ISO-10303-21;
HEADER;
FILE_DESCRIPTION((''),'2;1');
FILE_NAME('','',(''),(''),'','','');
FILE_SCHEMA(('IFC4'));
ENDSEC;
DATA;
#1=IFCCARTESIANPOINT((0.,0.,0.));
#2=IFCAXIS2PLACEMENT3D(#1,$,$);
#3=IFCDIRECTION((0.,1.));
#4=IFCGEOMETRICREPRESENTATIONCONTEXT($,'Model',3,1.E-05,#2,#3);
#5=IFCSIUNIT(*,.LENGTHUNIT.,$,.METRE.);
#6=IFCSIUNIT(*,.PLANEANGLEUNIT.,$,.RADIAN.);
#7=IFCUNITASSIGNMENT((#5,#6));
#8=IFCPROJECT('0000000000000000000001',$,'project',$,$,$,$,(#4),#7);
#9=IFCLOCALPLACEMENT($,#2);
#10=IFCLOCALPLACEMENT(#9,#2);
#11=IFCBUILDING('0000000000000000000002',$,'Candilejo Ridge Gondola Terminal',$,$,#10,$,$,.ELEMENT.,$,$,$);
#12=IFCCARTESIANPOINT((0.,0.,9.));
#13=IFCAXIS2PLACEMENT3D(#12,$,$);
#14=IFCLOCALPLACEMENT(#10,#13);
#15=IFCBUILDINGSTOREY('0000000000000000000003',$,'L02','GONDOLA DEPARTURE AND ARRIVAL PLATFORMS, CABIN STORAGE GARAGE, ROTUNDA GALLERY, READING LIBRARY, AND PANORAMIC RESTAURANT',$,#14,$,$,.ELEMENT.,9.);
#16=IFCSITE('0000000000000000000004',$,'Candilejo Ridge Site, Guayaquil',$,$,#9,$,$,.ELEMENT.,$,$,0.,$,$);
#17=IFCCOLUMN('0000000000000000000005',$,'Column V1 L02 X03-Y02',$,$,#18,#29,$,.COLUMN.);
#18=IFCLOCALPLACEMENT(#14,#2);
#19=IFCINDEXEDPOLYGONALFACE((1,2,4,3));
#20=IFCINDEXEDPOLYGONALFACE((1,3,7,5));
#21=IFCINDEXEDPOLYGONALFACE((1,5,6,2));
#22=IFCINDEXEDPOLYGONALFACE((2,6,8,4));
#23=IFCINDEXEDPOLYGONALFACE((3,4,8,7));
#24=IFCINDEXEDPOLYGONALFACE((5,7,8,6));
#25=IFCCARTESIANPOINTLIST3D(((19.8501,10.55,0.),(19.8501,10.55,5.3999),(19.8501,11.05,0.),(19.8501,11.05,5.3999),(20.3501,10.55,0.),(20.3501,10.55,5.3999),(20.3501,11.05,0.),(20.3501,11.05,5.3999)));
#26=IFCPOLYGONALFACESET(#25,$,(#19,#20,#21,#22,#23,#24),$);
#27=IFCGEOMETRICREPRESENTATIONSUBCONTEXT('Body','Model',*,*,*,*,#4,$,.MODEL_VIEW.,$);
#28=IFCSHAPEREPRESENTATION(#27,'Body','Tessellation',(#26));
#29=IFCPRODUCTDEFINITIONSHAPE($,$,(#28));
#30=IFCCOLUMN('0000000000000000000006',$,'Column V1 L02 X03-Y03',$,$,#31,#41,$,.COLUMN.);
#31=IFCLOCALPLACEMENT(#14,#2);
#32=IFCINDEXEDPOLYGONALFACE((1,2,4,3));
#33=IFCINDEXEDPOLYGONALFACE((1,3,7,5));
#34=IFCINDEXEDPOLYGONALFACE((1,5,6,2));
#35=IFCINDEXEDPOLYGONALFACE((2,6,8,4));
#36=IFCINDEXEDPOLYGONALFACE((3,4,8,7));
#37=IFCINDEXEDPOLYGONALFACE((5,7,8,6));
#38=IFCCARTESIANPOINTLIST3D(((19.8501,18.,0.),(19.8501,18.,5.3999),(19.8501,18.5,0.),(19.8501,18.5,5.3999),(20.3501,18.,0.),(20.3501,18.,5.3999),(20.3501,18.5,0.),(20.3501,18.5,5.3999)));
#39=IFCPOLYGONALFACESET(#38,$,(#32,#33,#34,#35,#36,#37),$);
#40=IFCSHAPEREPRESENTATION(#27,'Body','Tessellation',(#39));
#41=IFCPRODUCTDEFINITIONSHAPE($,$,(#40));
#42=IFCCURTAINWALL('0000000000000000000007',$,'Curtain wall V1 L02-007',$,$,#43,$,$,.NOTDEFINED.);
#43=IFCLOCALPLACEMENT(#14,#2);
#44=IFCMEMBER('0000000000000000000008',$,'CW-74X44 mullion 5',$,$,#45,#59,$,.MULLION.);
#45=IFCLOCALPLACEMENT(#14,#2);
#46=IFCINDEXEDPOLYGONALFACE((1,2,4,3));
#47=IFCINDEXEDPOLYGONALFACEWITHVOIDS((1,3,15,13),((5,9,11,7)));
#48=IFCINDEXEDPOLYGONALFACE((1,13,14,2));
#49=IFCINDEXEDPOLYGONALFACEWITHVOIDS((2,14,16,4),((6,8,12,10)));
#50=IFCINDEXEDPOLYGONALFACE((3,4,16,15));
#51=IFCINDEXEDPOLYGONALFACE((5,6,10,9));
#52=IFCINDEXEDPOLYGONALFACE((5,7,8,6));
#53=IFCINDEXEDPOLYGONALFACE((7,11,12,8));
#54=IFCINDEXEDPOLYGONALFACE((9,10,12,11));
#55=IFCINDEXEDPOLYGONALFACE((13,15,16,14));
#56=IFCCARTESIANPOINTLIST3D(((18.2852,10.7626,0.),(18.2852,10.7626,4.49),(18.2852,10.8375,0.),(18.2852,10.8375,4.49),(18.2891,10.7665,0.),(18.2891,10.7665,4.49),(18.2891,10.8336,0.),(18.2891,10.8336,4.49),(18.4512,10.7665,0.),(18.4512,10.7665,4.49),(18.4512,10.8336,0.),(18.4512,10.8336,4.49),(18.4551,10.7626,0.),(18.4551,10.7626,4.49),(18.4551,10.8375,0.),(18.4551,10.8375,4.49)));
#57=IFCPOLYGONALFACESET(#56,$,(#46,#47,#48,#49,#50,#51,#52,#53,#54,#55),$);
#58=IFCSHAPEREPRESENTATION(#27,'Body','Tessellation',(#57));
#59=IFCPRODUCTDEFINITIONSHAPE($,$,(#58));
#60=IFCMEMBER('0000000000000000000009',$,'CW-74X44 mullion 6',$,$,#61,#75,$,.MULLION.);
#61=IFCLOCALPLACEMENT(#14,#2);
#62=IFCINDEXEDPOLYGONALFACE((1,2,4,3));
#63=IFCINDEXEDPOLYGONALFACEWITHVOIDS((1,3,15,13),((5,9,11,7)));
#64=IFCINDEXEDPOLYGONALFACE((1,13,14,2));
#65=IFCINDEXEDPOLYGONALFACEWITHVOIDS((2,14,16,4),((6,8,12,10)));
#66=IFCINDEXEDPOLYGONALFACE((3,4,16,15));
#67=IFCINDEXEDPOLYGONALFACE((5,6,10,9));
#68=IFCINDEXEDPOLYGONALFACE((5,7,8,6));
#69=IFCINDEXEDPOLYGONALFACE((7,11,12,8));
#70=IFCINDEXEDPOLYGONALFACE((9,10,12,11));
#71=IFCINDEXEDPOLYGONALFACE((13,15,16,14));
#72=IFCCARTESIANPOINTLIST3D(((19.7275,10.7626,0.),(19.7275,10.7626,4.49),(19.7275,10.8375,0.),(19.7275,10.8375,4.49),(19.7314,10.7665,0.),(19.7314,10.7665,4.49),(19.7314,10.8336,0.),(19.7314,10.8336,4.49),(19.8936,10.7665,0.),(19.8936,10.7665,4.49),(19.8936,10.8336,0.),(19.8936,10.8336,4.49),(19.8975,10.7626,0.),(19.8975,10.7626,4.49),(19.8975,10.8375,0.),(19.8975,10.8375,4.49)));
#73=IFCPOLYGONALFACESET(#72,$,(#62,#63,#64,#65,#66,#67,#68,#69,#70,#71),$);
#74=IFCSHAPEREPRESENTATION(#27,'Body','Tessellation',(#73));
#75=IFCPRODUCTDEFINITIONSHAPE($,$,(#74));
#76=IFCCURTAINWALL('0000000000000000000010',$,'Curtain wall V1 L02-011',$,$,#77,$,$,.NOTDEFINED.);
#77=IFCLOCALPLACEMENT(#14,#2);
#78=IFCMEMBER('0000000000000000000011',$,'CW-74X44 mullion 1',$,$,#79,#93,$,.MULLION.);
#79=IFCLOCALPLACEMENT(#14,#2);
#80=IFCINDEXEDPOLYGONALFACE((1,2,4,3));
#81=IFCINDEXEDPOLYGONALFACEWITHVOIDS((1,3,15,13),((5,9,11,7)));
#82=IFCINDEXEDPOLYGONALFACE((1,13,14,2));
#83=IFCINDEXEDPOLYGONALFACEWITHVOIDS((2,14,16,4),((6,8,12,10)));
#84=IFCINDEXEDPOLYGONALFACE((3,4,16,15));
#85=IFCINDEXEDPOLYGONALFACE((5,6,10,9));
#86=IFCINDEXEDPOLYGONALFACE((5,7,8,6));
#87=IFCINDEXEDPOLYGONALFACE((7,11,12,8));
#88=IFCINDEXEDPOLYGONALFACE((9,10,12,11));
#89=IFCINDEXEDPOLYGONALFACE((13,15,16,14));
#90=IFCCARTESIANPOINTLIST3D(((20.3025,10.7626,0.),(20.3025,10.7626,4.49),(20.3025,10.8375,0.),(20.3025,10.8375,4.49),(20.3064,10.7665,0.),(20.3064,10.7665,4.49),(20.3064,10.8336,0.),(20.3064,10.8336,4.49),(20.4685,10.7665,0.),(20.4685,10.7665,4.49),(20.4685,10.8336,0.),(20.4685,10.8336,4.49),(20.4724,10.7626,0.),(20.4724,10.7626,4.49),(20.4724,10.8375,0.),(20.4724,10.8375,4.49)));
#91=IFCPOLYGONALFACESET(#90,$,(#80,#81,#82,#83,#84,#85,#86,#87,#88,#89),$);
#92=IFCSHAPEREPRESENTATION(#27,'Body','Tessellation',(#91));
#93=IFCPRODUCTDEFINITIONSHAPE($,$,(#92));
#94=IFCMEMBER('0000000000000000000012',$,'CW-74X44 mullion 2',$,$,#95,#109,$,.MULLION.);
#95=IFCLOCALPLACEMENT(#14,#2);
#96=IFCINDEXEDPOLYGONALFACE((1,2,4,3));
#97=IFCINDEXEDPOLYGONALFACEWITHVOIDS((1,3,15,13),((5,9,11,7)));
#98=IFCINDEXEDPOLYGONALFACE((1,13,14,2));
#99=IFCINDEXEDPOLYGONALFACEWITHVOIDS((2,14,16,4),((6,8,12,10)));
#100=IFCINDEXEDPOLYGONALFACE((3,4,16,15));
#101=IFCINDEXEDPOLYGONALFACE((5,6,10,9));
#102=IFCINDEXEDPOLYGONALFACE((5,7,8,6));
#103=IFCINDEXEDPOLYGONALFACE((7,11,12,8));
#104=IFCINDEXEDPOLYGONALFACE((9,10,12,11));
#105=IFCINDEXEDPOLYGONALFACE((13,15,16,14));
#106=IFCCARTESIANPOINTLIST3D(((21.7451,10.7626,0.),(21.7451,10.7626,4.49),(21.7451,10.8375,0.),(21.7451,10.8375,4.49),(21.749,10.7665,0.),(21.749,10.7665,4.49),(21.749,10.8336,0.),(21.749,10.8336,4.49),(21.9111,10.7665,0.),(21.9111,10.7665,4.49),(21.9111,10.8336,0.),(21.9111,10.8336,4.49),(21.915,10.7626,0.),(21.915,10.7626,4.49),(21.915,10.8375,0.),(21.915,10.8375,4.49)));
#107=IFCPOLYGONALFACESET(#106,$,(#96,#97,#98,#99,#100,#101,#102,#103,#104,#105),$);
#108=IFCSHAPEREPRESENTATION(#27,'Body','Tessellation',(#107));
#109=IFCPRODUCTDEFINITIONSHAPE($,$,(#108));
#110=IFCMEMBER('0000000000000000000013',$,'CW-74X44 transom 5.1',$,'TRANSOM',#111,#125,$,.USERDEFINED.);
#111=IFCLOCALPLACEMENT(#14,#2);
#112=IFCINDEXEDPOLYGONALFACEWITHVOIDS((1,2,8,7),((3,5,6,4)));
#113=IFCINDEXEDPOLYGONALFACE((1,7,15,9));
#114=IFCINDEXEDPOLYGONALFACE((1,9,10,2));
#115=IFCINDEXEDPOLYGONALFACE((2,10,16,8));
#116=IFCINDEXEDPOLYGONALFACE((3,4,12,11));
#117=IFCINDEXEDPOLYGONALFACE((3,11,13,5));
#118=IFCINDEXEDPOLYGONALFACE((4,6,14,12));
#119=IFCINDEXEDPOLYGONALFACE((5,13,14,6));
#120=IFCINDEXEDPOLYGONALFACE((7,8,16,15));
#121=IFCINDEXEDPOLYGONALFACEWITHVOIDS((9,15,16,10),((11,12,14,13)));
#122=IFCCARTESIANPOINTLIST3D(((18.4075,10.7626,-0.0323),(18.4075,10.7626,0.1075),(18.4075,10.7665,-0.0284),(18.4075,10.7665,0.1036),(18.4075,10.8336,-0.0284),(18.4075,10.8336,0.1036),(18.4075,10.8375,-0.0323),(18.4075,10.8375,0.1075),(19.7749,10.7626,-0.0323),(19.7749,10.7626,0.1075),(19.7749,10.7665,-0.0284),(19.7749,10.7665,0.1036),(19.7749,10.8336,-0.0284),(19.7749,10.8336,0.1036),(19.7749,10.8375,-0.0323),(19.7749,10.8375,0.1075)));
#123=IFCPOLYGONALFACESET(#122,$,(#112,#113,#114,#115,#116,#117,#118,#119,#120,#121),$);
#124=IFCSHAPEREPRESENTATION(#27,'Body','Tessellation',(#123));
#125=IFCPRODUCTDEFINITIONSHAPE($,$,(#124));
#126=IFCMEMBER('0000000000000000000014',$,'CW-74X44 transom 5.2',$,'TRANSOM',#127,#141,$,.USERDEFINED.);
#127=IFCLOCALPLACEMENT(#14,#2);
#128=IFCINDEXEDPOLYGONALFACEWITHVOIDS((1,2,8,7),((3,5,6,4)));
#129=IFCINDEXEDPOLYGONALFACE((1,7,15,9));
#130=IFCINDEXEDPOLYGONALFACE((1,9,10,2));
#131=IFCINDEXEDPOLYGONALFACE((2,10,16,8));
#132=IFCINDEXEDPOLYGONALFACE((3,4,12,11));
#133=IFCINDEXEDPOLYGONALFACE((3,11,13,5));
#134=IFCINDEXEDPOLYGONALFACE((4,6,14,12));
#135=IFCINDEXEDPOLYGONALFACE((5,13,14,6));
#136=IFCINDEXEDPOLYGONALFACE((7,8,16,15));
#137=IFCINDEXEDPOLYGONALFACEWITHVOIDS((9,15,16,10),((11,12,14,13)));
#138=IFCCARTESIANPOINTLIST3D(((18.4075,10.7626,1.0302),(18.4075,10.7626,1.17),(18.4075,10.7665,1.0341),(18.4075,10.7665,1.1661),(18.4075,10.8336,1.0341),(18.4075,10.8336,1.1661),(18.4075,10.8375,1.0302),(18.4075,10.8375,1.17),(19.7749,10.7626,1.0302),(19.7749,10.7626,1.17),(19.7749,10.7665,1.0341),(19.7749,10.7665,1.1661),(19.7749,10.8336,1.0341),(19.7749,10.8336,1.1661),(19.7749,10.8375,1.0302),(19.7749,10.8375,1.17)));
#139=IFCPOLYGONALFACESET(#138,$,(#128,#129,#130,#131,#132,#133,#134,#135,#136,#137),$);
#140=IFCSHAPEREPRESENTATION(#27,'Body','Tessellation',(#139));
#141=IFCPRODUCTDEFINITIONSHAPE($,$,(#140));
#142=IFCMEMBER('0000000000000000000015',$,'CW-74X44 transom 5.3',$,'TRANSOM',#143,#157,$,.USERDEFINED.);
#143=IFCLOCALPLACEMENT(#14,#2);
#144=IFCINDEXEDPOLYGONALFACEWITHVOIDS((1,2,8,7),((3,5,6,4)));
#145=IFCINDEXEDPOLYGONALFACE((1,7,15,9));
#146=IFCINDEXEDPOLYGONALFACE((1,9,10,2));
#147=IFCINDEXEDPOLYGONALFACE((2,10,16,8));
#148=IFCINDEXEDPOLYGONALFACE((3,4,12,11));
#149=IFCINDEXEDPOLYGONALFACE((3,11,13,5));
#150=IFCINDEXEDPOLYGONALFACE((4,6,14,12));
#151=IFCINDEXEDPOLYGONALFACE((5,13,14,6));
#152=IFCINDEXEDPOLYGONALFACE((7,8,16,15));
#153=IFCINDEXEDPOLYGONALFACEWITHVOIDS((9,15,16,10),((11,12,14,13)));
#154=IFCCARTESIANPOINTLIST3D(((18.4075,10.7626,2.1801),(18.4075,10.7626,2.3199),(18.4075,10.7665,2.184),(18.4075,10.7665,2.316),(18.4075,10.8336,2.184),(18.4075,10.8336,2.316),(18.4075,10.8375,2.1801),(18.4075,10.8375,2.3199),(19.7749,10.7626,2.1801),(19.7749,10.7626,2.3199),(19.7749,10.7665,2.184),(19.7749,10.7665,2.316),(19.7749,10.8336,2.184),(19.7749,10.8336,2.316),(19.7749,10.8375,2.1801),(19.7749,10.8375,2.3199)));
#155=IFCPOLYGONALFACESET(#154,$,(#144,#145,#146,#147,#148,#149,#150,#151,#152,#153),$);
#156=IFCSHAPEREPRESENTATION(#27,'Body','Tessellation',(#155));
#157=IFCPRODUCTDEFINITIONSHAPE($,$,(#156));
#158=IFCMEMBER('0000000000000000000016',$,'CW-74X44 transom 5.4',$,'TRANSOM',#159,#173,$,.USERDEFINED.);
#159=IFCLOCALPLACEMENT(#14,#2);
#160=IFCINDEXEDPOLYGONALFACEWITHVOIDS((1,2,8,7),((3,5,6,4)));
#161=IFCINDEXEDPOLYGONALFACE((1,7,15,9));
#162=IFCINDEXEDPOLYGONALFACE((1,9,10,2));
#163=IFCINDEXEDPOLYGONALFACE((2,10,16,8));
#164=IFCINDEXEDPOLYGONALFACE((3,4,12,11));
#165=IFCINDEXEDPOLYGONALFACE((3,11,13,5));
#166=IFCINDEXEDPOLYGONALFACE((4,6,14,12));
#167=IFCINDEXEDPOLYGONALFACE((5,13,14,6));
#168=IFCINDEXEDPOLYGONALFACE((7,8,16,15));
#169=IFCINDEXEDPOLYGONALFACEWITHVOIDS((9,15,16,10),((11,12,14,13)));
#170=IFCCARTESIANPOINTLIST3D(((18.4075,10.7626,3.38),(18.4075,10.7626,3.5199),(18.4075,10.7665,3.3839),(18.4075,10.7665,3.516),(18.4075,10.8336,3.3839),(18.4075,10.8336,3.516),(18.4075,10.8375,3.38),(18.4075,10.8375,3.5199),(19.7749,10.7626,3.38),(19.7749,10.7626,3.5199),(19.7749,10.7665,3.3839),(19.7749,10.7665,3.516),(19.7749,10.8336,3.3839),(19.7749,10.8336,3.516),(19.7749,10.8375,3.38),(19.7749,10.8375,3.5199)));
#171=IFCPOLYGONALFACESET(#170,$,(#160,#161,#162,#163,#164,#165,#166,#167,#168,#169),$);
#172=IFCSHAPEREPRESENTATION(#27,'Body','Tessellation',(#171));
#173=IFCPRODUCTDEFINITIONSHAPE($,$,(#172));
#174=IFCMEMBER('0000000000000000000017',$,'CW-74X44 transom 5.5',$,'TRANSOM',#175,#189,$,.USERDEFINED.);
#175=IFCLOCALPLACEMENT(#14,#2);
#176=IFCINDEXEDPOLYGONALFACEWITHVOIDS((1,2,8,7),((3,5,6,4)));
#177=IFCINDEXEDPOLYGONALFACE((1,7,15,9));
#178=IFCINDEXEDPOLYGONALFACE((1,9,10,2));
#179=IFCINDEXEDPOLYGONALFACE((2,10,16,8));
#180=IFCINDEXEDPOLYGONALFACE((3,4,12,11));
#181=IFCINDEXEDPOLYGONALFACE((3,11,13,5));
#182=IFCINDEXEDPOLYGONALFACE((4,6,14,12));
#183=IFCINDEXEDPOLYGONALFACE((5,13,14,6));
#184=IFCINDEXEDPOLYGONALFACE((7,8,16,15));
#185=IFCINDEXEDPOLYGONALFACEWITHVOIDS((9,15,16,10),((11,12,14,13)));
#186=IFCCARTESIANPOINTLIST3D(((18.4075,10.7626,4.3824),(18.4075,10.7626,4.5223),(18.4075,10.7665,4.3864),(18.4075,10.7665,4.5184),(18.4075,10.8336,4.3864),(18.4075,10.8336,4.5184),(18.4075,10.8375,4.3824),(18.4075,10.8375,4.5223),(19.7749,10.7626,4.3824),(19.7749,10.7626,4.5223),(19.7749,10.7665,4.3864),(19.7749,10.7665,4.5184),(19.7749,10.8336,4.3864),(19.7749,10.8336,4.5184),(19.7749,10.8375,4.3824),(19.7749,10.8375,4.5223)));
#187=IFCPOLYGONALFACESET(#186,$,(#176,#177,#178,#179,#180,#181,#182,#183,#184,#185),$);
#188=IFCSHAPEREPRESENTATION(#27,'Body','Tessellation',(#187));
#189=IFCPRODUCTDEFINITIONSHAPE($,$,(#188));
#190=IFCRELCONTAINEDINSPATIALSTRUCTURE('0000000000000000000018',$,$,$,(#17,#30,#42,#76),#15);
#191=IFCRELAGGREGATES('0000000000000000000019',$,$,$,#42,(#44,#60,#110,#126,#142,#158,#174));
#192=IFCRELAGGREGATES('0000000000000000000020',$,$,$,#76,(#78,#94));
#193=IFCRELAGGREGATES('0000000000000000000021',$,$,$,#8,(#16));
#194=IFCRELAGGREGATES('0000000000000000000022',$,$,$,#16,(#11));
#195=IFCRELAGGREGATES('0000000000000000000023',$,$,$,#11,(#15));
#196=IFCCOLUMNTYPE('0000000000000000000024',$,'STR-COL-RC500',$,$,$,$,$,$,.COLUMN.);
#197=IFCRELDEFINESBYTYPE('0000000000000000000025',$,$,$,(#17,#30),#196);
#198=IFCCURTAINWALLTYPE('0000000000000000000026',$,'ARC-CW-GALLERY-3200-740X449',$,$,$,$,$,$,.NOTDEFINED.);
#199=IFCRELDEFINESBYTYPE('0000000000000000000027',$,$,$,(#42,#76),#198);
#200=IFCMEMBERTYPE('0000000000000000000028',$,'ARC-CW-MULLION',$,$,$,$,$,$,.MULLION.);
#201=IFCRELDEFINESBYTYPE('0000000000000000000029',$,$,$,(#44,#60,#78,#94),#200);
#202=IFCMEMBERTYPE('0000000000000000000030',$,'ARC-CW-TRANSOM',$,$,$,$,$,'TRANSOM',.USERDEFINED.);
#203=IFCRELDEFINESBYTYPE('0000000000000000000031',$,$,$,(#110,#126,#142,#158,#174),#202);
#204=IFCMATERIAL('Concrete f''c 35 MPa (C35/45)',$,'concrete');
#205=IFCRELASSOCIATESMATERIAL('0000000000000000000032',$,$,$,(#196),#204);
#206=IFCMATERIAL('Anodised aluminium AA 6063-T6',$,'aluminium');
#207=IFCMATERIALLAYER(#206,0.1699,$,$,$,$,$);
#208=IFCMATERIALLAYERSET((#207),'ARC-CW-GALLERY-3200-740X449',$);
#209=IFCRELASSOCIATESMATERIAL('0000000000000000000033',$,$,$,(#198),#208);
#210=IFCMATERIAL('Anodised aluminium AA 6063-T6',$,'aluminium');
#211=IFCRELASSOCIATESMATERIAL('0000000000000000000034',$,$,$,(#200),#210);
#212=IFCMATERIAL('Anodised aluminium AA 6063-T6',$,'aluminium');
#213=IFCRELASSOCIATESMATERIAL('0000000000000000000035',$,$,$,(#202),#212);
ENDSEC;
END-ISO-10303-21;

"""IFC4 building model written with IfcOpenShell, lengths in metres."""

from ifc_helpers import new_model, si_unit, direction, frame, origin, origin_2d, place, context, subcontext, project, spatial, rectangle, hollow_rectangle, extrude, material, layer, layer_set, material_profile, profile_set, type_object, element, aggregate, save


model = new_model("IFC4")

# Units and contexts
model_context = context("Model", 3, precision=1e-05, world=origin(), true_north=direction((0.0, 1.0)))
body_context = subcontext(model_context, "Body", "Model", "MODEL_VIEW")
ifc_project = project(units=[si_unit("LENGTHUNIT", "METRE"), si_unit("PLANEANGLEUNIT", "RADIAN")], contexts=[model_context])

# Site, building, storey
site_placement = place(None, origin())
site = spatial("IfcSite", under=ifc_project, at=site_placement, Name="Candilejo Ridge Site, Guayaquil", CompositionType="ELEMENT", RefElevation=0.0)
building_placement = place(site_placement, origin())
building = spatial("IfcBuilding", under=site, at=building_placement, Name="Candilejo Ridge Gondola Terminal", CompositionType="ELEMENT")
storey_placement = place(building_placement, frame((0.0, 0.0, 9.0)))
storey = spatial("IfcBuildingStorey", under=building, at=storey_placement, Name="L02", Description="GONDOLA DEPARTURE AND ARRIVAL PLATFORMS, CABIN STORAGE GARAGE, ROTUNDA GALLERY, READING LIBRARY, AND PANORAMIC RESTAURANT", CompositionType="ELEMENT", Elevation=9.0)

# Columns
ifc_material_1 = material(Name="Concrete f'c 35 MPa (C35/45)", Category="concrete")
ifc_material_profile_1 = material_profile(ifc_material_1, rectangle(XDim=0.5, YDim=0.5, at=origin_2d()))
ifc_profile_set_1 = profile_set([ifc_material_profile_1], Name="Concrete f'c 35 MPa (C35/45)")
column_type = type_object("IfcColumnType", Name="STR-COL-RC500", PredefinedType="COLUMN", material=ifc_profile_set_1)
for number, where, z_axis, x_axis, name in (
    (1, (20.1001, 10.8, 0.0), (0.0, 0.0, 1.0), (1.0, 0.0, 0.0), "Column V1 L02 X03-Y02"),
    (2, (20.1001, 18.25, 0.0), (0.0, 0.0, 1.0), (1.0, 0.0, 0.0), "Column V1 L02 X03-Y03"),
):
    element("IfcColumn", number, at=place(storey_placement, frame(where, z_axis=z_axis, x_axis=x_axis)), inside=storey, type_object=column_type, Name=name, PredefinedType="COLUMN", context=body_context, shape_type="SweptSolid", body=[
        extrude(rectangle(XDim=0.5, YDim=0.5, at=origin_2d()), origin(), (0.0, 0.0, 1.0), 5.3999),
    ])

# Curtain walls, members
ifc_material_2 = material(Name="Anodised aluminium AA 6063-T6", Category="aluminium")
ifc_layer_1 = layer(ifc_material_2, 0.1699)
ifc_layer_set_1 = layer_set([ifc_layer_1], Name="ARC-CW-GALLERY-3200-740X449")
curtain_wall_type = type_object("IfcCurtainWallType", Name="ARC-CW-GALLERY-3200-740X449", PredefinedType="NOTDEFINED", material=ifc_layer_set_1)
curtain_wall_1_placement = place(storey_placement, origin())
curtain_wall_1 = element("IfcCurtainWall", 3, at=curtain_wall_1_placement, inside=storey, type_object=curtain_wall_type, Name="Curtain wall V1 L02-007", PredefinedType="NOTDEFINED")
ifc_material_3 = material(Name="Anodised aluminium AA 6063-T6", Category="aluminium")
ifc_material_profile_2 = material_profile(ifc_material_3, hollow_rectangle(XDim=0.075, YDim=0.1699, WallThickness=0.0039, at=origin_2d()))
ifc_profile_set_2 = profile_set([ifc_material_profile_2], Name="Anodised aluminium AA 6063-T6")
member_type_1 = type_object("IfcMemberType", Name="ARC-CW-MULLION", PredefinedType="MULLION", material=ifc_profile_set_2)
member_1_placement = place(storey_placement, frame((18.3701, 10.8, 0.0), z_axis=(0.0, 0.0, 1.0), x_axis=(0.0, 1.0, 0.0)))
member_1 = element("IfcMember", 4, at=member_1_placement, type_object=member_type_1, Name="CW-74X44 mullion 5", PredefinedType="MULLION", context=body_context, shape_type="SweptSolid", body=[
    extrude(hollow_rectangle(XDim=0.075, YDim=0.1699, WallThickness=0.0039, at=origin_2d()), origin(), (0.0, 0.0, 1.0), 4.49),
])
member_2_placement = place(storey_placement, frame((19.8125, 10.8, 0.0), z_axis=(0.0, 0.0, 1.0), x_axis=(0.0, 1.0, 0.0)))
member_2 = element("IfcMember", 5, at=member_2_placement, type_object=member_type_1, Name="CW-74X44 mullion 6", PredefinedType="MULLION", context=body_context, shape_type="SweptSolid", body=[
    extrude(hollow_rectangle(XDim=0.075, YDim=0.1699, WallThickness=0.0039, at=origin_2d()), origin(), (0.0, 0.0, 1.0), 4.49),
])
curtain_wall_2_placement = place(storey_placement, origin())
curtain_wall_2 = element("IfcCurtainWall", 6, at=curtain_wall_2_placement, inside=storey, type_object=curtain_wall_type, Name="Curtain wall V1 L02-011", PredefinedType="NOTDEFINED")
member_3_placement = place(storey_placement, frame((20.3875, 10.8, 0.0), z_axis=(0.0, 0.0, 1.0), x_axis=(0.0, 1.0, 0.0)))
member_3 = element("IfcMember", 7, at=member_3_placement, type_object=member_type_1, Name="CW-74X44 mullion 1", PredefinedType="MULLION", context=body_context, shape_type="SweptSolid", body=[
    extrude(hollow_rectangle(XDim=0.075, YDim=0.1699, WallThickness=0.0039, at=origin_2d()), origin(), (0.0, 0.0, 1.0), 4.49),
])
member_4_placement = place(storey_placement, frame((21.8301, 10.8, 0.0), z_axis=(0.0, 0.0, 1.0), x_axis=(0.0, 1.0, 0.0)))
member_4 = element("IfcMember", 8, at=member_4_placement, type_object=member_type_1, Name="CW-74X44 mullion 2", PredefinedType="MULLION", context=body_context, shape_type="SweptSolid", body=[
    extrude(hollow_rectangle(XDim=0.075, YDim=0.1699, WallThickness=0.0039, at=origin_2d()), origin(), (0.0, 0.0, 1.0), 4.49),
])

# Members
ifc_material_4 = material(Name="Anodised aluminium AA 6063-T6", Category="aluminium")
ifc_material_profile_3 = material_profile(ifc_material_4, hollow_rectangle(XDim=0.075, YDim=0.1399, WallThickness=0.0039, at=origin_2d()))
ifc_profile_set_3 = profile_set([ifc_material_profile_3], Name="Anodised aluminium AA 6063-T6")
member_type_2 = type_object("IfcMemberType", Name="ARC-CW-TRANSOM", ElementType="TRANSOM", PredefinedType="USERDEFINED", material=ifc_profile_set_3)
member_5_placement = place(storey_placement, frame((18.4075, 10.8, 0.0376), z_axis=(1.0, 0.0, 0.0), x_axis=(0.0, 1.0, 0.0)))
member_5 = element("IfcMember", 9, at=member_5_placement, type_object=member_type_2, Name="CW-74X44 transom 5.1", ObjectType="TRANSOM", PredefinedType="USERDEFINED", context=body_context, shape_type="SweptSolid", body=[
    extrude(hollow_rectangle(XDim=0.075, YDim=0.1399, WallThickness=0.0039, at=origin_2d()), origin(), (0.0, 0.0, 1.0), 1.3674),
])
member_6_placement = place(storey_placement, frame((18.4075, 10.8, 1.1001), z_axis=(1.0, 0.0, 0.0), x_axis=(0.0, 1.0, 0.0)))
member_6 = element("IfcMember", 10, at=member_6_placement, type_object=member_type_2, Name="CW-74X44 transom 5.2", ObjectType="TRANSOM", PredefinedType="USERDEFINED", context=body_context, shape_type="SweptSolid", body=[
    extrude(hollow_rectangle(XDim=0.075, YDim=0.1399, WallThickness=0.0039, at=origin_2d()), origin(), (0.0, 0.0, 1.0), 1.3674),
])
member_7_placement = place(storey_placement, frame((18.4075, 10.8, 2.25), z_axis=(1.0, 0.0, 0.0), x_axis=(0.0, 1.0, 0.0)))
member_7 = element("IfcMember", 11, at=member_7_placement, type_object=member_type_2, Name="CW-74X44 transom 5.3", ObjectType="TRANSOM", PredefinedType="USERDEFINED", context=body_context, shape_type="SweptSolid", body=[
    extrude(hollow_rectangle(XDim=0.075, YDim=0.1399, WallThickness=0.0039, at=origin_2d()), origin(), (0.0, 0.0, 1.0), 1.3674),
])
member_8_placement = place(storey_placement, frame((18.4075, 10.8, 3.45), z_axis=(1.0, 0.0, 0.0), x_axis=(0.0, 1.0, 0.0)))
member_8 = element("IfcMember", 12, at=member_8_placement, type_object=member_type_2, Name="CW-74X44 transom 5.4", ObjectType="TRANSOM", PredefinedType="USERDEFINED", context=body_context, shape_type="SweptSolid", body=[
    extrude(hollow_rectangle(XDim=0.075, YDim=0.1399, WallThickness=0.0039, at=origin_2d()), origin(), (0.0, 0.0, 1.0), 1.3674),
])
member_9_placement = place(storey_placement, frame((18.4075, 10.8, 4.4524), z_axis=(1.0, 0.0, 0.0), x_axis=(0.0, 1.0, 0.0)))
member_9 = element("IfcMember", 13, at=member_9_placement, type_object=member_type_2, Name="CW-74X44 transom 5.5", ObjectType="TRANSOM", PredefinedType="USERDEFINED", context=body_context, shape_type="SweptSolid", body=[
    extrude(hollow_rectangle(XDim=0.075, YDim=0.1399, WallThickness=0.0039, at=origin_2d()), origin(), (0.0, 0.0, 1.0), 1.3674),
])

aggregate(curtain_wall_1, [member_1, member_2, member_5, member_6, member_7, member_8, member_9])
aggregate(curtain_wall_2, [member_3, member_4])

save(model, "model.ifc")
